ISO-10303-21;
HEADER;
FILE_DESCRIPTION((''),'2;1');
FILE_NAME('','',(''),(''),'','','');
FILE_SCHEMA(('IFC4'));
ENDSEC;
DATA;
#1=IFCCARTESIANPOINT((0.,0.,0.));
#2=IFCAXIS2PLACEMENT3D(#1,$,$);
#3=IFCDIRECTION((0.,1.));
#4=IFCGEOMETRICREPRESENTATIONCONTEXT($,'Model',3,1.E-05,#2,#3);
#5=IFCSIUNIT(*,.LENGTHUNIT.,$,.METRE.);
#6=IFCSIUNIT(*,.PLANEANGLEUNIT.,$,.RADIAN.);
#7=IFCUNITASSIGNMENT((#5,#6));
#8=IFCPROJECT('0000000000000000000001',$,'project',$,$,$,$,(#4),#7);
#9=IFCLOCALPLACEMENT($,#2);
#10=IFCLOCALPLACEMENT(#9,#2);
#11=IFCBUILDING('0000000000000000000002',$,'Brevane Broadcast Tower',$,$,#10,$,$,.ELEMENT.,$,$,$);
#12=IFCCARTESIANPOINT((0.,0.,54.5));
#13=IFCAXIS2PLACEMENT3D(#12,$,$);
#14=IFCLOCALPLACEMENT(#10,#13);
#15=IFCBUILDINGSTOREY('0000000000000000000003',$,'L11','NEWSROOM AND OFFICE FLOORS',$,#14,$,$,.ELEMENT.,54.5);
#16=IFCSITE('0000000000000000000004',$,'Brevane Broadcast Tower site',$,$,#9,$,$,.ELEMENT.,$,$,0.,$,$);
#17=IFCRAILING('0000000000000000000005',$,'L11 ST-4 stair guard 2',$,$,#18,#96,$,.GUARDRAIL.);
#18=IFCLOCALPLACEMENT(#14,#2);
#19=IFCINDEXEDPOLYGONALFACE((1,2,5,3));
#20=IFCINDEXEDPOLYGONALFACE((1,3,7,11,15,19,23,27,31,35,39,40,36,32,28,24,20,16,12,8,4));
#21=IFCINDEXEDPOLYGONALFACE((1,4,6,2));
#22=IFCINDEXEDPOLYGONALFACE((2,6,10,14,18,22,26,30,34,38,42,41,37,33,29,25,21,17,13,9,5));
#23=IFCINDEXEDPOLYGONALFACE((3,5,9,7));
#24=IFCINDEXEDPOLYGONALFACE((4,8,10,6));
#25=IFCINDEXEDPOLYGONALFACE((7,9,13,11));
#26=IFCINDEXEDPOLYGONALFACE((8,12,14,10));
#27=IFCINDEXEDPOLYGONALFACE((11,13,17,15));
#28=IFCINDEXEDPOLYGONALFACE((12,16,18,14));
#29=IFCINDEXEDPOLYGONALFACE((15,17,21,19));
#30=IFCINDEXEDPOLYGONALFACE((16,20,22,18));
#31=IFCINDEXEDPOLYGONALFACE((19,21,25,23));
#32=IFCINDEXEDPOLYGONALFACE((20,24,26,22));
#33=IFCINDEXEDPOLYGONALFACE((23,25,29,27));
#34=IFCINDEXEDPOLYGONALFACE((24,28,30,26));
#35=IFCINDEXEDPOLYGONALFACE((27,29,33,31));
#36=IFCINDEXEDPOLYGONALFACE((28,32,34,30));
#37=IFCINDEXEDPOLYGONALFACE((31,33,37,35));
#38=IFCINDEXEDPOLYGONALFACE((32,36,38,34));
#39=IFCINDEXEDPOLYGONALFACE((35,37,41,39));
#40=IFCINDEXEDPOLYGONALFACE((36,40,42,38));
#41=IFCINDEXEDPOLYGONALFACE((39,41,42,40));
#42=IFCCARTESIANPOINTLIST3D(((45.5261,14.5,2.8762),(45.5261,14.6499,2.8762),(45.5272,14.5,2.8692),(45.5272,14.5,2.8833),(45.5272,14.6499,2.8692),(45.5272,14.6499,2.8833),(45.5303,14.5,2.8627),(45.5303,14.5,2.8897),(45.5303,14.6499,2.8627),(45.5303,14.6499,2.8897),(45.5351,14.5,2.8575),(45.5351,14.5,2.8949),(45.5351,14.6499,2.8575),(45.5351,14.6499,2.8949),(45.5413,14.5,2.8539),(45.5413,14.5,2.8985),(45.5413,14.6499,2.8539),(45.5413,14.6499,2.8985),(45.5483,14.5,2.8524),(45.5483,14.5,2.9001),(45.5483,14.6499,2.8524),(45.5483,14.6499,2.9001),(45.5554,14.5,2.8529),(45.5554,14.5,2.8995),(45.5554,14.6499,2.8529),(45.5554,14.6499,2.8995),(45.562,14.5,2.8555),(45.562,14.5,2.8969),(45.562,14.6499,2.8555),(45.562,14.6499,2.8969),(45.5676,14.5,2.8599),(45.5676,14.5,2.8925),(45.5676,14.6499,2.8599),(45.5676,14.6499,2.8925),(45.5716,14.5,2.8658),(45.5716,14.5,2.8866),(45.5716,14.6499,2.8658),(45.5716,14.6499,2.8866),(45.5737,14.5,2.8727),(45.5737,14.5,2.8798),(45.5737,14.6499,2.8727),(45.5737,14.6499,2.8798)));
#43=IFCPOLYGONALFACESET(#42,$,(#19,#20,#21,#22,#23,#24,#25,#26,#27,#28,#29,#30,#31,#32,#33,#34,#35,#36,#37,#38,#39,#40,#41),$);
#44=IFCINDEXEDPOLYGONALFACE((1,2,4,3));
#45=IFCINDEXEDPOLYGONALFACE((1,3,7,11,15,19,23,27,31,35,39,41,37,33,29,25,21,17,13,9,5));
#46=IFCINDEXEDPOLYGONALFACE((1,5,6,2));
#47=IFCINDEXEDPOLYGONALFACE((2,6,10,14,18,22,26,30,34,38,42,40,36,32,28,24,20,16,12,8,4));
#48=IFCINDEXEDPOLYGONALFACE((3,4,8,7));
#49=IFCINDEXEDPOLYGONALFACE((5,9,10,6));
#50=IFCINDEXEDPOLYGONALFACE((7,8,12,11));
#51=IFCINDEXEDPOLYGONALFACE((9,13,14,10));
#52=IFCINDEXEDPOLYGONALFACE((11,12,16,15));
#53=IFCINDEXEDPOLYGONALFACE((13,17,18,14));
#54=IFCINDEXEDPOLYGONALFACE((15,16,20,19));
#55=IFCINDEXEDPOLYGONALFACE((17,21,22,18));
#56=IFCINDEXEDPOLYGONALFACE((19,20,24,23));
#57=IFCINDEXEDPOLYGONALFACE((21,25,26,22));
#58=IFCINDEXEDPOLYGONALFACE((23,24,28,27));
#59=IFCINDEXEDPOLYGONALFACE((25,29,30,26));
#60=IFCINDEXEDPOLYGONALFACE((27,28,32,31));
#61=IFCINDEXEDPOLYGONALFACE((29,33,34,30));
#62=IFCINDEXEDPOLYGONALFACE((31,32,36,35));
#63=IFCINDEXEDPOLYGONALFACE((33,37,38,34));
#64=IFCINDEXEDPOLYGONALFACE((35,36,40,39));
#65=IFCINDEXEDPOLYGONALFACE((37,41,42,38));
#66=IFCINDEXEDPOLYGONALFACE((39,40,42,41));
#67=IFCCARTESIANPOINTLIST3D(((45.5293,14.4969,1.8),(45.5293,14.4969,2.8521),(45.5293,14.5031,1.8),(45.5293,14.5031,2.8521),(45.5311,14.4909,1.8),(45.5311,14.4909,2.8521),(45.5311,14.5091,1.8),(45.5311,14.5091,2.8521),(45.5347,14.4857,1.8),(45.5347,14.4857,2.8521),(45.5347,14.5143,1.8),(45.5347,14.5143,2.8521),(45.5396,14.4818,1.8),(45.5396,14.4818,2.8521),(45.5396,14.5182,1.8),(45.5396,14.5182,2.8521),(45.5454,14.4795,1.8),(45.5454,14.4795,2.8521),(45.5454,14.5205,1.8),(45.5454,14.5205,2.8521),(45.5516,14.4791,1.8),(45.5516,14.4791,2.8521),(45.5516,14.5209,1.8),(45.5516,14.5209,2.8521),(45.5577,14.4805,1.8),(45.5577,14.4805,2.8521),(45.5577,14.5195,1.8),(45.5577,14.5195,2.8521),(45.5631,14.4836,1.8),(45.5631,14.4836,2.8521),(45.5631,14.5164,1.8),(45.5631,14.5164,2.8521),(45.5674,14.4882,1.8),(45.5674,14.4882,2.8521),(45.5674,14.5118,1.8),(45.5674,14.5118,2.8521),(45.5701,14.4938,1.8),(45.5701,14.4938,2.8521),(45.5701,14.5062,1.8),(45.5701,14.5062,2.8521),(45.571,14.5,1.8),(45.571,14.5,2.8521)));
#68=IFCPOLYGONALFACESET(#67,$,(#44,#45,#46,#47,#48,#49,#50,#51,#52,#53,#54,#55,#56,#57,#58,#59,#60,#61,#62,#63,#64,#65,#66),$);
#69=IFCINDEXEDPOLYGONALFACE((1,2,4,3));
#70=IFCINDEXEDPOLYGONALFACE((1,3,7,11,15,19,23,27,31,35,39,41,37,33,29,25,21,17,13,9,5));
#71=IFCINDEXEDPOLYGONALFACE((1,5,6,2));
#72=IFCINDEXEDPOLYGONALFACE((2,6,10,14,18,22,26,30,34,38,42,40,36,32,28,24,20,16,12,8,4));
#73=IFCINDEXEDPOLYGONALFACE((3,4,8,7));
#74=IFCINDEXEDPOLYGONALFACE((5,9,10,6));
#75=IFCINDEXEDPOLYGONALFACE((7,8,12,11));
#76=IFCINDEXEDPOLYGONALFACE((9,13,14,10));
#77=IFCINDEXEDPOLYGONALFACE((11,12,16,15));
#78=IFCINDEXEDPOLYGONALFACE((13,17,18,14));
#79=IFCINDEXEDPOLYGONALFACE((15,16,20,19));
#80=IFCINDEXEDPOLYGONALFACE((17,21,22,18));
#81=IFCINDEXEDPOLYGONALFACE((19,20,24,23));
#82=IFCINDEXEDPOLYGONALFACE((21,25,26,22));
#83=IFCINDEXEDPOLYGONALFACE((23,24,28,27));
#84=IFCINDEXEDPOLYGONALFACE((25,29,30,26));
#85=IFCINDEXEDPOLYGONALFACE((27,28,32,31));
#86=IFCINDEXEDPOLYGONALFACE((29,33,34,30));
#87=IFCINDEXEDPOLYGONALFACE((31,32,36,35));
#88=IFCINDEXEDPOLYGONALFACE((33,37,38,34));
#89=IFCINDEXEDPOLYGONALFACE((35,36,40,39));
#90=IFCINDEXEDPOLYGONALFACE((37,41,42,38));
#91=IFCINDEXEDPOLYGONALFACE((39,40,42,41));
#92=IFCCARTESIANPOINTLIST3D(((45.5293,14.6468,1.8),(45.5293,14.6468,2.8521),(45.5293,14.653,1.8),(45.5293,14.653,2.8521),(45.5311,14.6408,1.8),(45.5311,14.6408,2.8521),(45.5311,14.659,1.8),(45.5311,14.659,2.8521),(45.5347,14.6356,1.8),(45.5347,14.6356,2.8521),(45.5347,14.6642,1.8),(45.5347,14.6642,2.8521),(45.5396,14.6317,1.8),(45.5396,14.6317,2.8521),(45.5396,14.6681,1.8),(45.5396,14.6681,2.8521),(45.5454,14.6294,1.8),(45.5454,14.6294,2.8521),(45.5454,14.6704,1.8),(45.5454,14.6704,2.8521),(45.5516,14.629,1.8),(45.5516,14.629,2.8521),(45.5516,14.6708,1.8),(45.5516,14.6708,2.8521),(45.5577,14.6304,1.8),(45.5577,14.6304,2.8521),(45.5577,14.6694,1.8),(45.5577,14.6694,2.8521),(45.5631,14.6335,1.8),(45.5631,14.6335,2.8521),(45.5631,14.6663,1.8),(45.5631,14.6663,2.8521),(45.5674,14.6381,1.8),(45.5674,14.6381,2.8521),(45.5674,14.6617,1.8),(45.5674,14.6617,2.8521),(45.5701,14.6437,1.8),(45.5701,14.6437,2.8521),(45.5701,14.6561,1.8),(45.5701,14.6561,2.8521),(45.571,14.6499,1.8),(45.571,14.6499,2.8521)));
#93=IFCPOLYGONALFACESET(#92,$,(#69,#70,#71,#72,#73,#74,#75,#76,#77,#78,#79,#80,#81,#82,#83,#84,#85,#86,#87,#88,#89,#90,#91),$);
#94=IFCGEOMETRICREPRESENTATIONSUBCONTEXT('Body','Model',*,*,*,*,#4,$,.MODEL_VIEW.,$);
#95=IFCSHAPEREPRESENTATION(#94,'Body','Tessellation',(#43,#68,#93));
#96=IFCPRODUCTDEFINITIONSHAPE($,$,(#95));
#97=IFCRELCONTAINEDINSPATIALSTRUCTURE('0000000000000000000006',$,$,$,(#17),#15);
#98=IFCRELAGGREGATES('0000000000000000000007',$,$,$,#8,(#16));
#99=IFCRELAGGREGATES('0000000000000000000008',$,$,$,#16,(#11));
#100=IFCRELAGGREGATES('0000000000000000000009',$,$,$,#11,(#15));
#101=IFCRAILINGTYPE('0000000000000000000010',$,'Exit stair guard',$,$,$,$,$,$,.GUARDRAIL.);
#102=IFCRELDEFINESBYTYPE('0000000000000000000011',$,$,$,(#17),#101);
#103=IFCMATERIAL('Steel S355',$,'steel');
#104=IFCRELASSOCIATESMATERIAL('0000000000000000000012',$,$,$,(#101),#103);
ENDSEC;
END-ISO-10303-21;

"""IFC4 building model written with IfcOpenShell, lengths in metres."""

from ifc_helpers import new_model, si_unit, direction, frame, origin, origin_2d, place, context, subcontext, project, spatial, circle, extrude, material, type_object, element, save


model = new_model("IFC4")

# Units and contexts
model_context = context("Model", 3, precision=1e-05, world=origin(), true_north=direction((0.0, 1.0)))
body_context = subcontext(model_context, "Body", "Model", "MODEL_VIEW")
ifc_project = project(units=[si_unit("LENGTHUNIT", "METRE"), si_unit("PLANEANGLEUNIT", "RADIAN")], contexts=[model_context])

# Site, building, storey
site_placement = place(None, origin())
site = spatial("IfcSite", under=ifc_project, at=site_placement, Name="Brevane Broadcast Tower site", CompositionType="ELEMENT", RefElevation=0.0)
building_placement = place(site_placement, origin())
building = spatial("IfcBuilding", under=site, at=building_placement, Name="Brevane Broadcast Tower", CompositionType="ELEMENT")
storey_placement = place(building_placement, frame((0.0, 0.0, 54.5)))
storey = spatial("IfcBuildingStorey", under=building, at=storey_placement, Name="L11", Description="NEWSROOM AND OFFICE FLOORS", CompositionType="ELEMENT", Elevation=54.5)

# Railing
ifc_material_1 = material(Name="Steel S355", Category="steel")
railing_type_1 = type_object("IfcRailingType", Name="Exit stair guard", PredefinedType="GUARDRAIL", material=ifc_material_1)
railing_1_placement = place(storey_placement, frame((45.55, 14.5, 1.8)))
element("IfcRailing", 1, at=railing_1_placement, inside=storey, type_object=railing_type_1, Name="L11 ST-4 stair guard 2", PredefinedType="GUARDRAIL", context=body_context, shape_type="SweptSolid", body=[
    extrude(circle(Radius=0.0239, at=origin_2d()), frame((0.0, 0.0, 1.0762), z_axis=(0.0, 1.0, 0.0), x_axis=(-1.0, 0.0, 0.0)), (0.0, 0.0, 1.0), 0.1499),
    extrude(circle(Radius=0.021, at=origin_2d()), origin(), (0.0, 0.0, 1.0), 1.052),
    extrude(circle(Radius=0.021, at=origin_2d()), frame((0.0, 0.1499, 0.0)), (0.0, 0.0, 1.0), 1.052),
])

save(model, "model.ifc")
